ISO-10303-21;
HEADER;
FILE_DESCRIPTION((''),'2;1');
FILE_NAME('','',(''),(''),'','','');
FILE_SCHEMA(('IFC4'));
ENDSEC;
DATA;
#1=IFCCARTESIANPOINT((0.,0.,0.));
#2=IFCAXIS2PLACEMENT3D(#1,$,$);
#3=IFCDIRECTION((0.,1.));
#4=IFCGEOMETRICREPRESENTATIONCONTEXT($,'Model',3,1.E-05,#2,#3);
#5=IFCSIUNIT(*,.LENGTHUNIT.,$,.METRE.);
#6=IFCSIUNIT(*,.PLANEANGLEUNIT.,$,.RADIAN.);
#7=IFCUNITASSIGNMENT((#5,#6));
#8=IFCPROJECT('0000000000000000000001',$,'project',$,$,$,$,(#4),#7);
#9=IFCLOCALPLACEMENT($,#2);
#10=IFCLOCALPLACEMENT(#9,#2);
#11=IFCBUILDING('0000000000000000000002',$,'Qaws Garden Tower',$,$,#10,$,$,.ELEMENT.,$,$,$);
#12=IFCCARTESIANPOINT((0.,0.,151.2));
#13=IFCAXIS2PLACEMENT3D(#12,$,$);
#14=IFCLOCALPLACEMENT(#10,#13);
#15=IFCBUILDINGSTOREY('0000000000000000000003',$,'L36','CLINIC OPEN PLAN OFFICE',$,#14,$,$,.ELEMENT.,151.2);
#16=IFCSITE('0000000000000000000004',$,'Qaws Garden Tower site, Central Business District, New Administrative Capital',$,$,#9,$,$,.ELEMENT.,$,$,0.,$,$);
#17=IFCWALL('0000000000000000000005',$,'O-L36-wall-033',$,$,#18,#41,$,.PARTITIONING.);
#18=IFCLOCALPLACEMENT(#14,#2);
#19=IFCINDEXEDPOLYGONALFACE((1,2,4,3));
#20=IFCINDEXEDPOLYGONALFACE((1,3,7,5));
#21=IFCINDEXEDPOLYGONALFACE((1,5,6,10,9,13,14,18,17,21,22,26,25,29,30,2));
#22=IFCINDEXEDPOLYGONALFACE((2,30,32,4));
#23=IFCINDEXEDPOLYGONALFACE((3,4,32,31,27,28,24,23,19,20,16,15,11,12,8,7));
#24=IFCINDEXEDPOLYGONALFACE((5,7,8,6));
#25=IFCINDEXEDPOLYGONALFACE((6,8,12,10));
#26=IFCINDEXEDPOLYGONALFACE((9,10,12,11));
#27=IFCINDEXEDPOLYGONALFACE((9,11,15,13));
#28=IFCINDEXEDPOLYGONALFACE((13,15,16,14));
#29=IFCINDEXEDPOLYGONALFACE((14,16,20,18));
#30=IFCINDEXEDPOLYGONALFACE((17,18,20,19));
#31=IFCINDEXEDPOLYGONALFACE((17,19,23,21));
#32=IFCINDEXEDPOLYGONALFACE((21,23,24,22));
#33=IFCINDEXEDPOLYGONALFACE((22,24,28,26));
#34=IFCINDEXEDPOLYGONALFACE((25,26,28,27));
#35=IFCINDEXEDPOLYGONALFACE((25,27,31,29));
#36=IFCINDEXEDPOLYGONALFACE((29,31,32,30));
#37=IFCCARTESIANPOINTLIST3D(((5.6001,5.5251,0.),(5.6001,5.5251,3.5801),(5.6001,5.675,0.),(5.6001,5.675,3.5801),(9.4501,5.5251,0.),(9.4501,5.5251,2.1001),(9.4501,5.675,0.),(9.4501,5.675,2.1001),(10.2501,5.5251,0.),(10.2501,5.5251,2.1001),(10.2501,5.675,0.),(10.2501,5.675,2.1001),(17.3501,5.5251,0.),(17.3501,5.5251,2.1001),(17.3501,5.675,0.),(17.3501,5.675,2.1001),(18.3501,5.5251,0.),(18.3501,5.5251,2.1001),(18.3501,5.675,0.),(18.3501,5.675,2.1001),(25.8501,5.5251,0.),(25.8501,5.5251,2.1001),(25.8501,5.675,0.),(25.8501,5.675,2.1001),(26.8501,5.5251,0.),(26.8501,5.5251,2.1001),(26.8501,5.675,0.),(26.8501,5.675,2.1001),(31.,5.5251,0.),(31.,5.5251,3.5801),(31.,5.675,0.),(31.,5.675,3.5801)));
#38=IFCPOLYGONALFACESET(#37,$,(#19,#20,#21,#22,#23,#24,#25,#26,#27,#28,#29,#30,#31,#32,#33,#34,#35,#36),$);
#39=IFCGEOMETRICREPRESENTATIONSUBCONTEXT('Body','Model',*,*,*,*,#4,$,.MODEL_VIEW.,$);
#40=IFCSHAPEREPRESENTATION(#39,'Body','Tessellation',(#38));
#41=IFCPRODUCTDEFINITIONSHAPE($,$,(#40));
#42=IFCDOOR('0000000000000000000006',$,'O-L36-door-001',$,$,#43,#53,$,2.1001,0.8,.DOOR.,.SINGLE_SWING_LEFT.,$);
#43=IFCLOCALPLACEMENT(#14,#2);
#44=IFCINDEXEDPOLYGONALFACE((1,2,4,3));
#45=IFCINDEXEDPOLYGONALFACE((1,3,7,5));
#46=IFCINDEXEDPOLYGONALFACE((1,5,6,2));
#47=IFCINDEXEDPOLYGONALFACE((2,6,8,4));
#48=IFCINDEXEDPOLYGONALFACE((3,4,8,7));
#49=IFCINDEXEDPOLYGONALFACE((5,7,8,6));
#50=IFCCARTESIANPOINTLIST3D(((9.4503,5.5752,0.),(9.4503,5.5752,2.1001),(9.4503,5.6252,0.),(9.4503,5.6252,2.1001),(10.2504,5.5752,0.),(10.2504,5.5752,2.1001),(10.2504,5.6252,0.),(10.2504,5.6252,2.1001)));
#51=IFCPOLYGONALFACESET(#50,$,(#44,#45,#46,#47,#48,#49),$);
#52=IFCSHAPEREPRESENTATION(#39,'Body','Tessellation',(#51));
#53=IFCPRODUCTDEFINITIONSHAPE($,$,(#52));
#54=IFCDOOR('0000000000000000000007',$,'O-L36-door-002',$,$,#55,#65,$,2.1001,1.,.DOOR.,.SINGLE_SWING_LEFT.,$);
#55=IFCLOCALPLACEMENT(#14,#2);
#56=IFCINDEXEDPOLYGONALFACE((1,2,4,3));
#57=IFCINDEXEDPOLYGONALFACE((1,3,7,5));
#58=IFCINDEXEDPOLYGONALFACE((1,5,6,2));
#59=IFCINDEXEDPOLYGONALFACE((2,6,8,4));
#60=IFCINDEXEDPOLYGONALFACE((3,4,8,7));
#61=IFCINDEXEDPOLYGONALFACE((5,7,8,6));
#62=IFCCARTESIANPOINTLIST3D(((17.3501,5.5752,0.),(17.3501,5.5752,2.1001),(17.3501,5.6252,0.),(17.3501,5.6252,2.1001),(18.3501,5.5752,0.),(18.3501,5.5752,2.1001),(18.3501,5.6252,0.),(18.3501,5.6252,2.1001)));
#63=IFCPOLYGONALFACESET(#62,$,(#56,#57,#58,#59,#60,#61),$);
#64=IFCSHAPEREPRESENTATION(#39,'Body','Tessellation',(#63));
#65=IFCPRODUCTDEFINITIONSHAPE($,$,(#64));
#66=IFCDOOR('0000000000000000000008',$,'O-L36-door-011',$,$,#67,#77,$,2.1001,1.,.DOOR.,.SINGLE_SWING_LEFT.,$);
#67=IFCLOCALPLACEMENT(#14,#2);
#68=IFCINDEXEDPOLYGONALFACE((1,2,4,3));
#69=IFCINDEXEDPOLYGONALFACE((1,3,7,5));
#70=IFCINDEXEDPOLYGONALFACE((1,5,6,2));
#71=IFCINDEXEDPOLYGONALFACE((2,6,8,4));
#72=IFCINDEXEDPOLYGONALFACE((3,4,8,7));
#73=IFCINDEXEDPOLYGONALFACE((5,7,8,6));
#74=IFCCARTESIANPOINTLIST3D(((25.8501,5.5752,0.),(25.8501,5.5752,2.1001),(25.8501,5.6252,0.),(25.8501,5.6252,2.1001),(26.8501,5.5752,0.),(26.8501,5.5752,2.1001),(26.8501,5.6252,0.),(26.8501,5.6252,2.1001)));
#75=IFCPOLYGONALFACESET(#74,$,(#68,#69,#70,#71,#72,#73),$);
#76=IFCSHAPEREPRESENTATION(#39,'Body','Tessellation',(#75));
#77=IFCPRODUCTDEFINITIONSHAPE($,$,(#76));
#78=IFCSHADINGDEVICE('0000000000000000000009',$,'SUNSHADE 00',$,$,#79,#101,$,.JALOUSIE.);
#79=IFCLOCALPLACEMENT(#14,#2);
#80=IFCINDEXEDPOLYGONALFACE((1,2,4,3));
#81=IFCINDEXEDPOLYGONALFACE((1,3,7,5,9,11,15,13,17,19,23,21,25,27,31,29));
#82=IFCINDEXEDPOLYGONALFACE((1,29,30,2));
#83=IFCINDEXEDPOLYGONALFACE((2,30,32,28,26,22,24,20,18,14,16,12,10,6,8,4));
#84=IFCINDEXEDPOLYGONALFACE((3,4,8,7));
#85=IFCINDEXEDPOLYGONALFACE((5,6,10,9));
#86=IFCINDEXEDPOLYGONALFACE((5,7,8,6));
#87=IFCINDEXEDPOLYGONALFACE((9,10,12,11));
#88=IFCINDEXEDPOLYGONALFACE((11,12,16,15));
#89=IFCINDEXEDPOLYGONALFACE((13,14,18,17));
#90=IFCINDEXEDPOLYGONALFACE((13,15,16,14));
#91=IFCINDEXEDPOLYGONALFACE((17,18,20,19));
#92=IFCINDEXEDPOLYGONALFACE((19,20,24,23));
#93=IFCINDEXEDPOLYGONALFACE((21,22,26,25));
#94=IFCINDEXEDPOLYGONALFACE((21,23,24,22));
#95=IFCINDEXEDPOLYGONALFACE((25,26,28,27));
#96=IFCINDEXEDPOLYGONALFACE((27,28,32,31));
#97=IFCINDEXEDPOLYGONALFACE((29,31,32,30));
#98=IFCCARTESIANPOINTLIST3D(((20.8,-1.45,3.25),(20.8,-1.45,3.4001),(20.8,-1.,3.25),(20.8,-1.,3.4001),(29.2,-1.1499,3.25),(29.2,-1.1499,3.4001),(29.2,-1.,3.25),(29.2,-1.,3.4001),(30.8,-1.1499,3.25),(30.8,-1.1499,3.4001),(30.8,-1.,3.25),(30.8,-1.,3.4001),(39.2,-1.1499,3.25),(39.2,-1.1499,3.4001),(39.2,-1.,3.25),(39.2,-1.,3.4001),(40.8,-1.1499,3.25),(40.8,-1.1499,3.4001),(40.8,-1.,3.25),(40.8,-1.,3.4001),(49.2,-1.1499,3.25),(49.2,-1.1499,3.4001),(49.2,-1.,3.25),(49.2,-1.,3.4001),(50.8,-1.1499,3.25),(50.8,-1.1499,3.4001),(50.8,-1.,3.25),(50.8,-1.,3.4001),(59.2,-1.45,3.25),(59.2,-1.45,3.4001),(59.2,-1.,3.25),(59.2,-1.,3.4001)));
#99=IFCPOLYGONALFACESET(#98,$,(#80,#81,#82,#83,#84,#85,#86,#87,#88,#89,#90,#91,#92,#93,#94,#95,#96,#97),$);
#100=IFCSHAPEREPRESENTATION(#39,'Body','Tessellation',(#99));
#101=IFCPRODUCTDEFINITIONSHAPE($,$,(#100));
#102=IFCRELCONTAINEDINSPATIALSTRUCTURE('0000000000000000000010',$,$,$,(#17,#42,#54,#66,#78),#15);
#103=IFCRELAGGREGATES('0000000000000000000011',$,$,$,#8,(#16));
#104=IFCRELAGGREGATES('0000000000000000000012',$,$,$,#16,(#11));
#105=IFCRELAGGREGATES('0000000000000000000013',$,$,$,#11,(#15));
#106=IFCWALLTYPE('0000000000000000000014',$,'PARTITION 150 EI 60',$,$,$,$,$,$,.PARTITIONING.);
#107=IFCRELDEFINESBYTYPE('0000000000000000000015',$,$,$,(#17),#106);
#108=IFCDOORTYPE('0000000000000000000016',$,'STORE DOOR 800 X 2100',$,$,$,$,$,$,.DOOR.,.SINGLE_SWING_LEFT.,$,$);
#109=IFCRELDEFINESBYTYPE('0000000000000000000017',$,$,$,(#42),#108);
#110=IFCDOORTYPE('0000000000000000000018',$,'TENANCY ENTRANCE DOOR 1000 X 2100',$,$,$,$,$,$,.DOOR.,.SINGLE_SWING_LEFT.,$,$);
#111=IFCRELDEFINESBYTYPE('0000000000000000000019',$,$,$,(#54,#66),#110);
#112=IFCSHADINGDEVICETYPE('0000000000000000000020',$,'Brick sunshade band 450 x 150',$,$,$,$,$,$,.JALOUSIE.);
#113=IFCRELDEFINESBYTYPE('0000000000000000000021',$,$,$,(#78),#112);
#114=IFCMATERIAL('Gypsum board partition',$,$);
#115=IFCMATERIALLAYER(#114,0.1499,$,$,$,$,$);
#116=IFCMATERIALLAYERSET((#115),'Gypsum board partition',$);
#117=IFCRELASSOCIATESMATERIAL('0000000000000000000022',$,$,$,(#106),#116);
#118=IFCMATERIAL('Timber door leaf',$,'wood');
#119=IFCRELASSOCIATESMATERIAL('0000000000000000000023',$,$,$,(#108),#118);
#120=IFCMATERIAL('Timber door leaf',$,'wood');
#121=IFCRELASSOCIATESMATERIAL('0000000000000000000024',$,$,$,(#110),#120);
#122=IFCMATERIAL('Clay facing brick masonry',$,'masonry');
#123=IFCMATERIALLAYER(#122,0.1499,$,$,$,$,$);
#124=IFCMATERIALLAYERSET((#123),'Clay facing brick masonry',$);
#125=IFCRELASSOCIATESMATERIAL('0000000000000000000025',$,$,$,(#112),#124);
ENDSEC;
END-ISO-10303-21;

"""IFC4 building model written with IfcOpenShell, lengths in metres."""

from ifc_helpers import new_model, si_unit, direction, frame, frame_2d, origin, place, context, subcontext, project, spatial, polyline, rectangle, outline, extrude, material, layer, layer_set, type_object, element, fill, save


model = new_model("IFC4")

# Units and contexts
model_context = context("Model", 3, precision=1e-05, world=origin(), true_north=direction((0.0, 1.0)))
body_context = subcontext(model_context, "Body", "Model", "MODEL_VIEW")
ifc_project = project(units=[si_unit("LENGTHUNIT", "METRE"), si_unit("PLANEANGLEUNIT", "RADIAN")], contexts=[model_context])

# Site, building, storey
site_placement = place(None, origin())
site = spatial("IfcSite", under=ifc_project, at=site_placement, Name="Qaws Garden Tower site, Central Business District, New Administrative Capital", CompositionType="ELEMENT", RefElevation=0.0)
building_placement = place(site_placement, origin())
building = spatial("IfcBuilding", under=site, at=building_placement, Name="Qaws Garden Tower", CompositionType="ELEMENT")
storey_placement = place(building_placement, frame((0.0, 0.0, 151.2)))
storey = spatial("IfcBuildingStorey", under=building, at=storey_placement, Name="L36", Description="CLINIC OPEN PLAN OFFICE", CompositionType="ELEMENT", Elevation=151.2)

# Shared definitions
ifc_material_1 = material(Name="Gypsum board partition")
ifc_layer_1 = layer(ifc_material_1, 0.1499)
ifc_layer_set_1 = layer_set([ifc_layer_1], Name="Gypsum board partition")
wall_type_1 = type_object("IfcWallType", Name="PARTITION 150 EI 60", PredefinedType="PARTITIONING", material=ifc_layer_set_1)

# Wall, openings, doors
wall_1_placement = place(storey_placement, frame((5.6001, 5.6001, 0.0), z_axis=(0.0, 0.0, 1.0), x_axis=(1.0, 0.0, 0.0)))
wall_1 = element("IfcWall", 1, at=wall_1_placement, inside=storey, type_object=wall_type_1, Name="O-L36-wall-033", PredefinedType="PARTITIONING", context=body_context, shape_type="SweptSolid", body=[
    extrude(rectangle(XDim=25.3999, YDim=0.1499, at=frame_2d((12.7, 0.0))), origin(), (0.0, 0.0, 1.0), 3.5801),
])
opening_1_placement = place(wall_1_placement, frame((3.8501, 0.0, 0.0)))
opening_1 = element("IfcOpeningElement", 2, at=opening_1_placement, cuts=wall_1, PredefinedType="OPENING", context=body_context, shape_type="SweptSolid", body=[
    extrude(rectangle(XDim=0.8, YDim=2.1001, at=frame_2d((0.3999, 1.05))), frame((0.0, 0.085, 0.0), z_axis=(0.0, -1.0, 0.0), x_axis=(1.0, 0.0, 0.0)), (0.0, 0.0, 1.0), 0.1699),
])
opening_2_placement = place(wall_1_placement, frame((11.75, 0.0, 0.0)))
opening_2 = element("IfcOpeningElement", 3, at=opening_2_placement, cuts=wall_1, PredefinedType="OPENING", context=body_context, shape_type="SweptSolid", body=[
    extrude(rectangle(XDim=1.0, YDim=2.1001, at=frame_2d((0.5, 1.05))), frame((0.0, 0.085, 0.0), z_axis=(0.0, -1.0, 0.0), x_axis=(1.0, 0.0, 0.0)), (0.0, 0.0, 1.0), 0.1699),
])
opening_3_placement = place(wall_1_placement, frame((20.25, 0.0, 0.0)))
opening_3 = element("IfcOpeningElement", 4, at=opening_3_placement, cuts=wall_1, PredefinedType="OPENING", context=body_context, shape_type="SweptSolid", body=[
    extrude(rectangle(XDim=1.0, YDim=2.1001, at=frame_2d((0.5, 1.05))), frame((0.0, 0.085, 0.0), z_axis=(0.0, -1.0, 0.0), x_axis=(1.0, 0.0, 0.0)), (0.0, 0.0, 1.0), 0.1699),
])
ifc_material_2 = material(Name="Timber door leaf", Category="wood")
door_type_1 = type_object("IfcDoorType", Name="STORE DOOR 800 X 2100", OperationType="SINGLE_SWING_LEFT", PredefinedType="DOOR", material=ifc_material_2)
door_1_placement = place(opening_1_placement, frame((0.8, 0.0, 0.0), z_axis=(0.0, 0.0, 1.0), x_axis=(-1.0, 0.0, 0.0)))
door_1 = element("IfcDoor", 5, at=door_1_placement, inside=storey, type_object=door_type_1, Name="O-L36-door-001", OperationType="SINGLE_SWING_LEFT", OverallHeight=2.1001, OverallWidth=0.8, PredefinedType="DOOR", context=body_context, shape_type="SweptSolid", body=[
    extrude(rectangle(XDim=0.8, YDim=2.1001, at=frame_2d((0.3999, 1.05))), frame((0.0, 0.0249, 0.0), z_axis=(0.0, -1.0, 0.0), x_axis=(1.0, 0.0, 0.0)), (0.0, 0.0, 1.0), 0.05),
])
fill(opening_1, door_1)
ifc_material_3 = material(Name="Timber door leaf", Category="wood")
door_type_2 = type_object("IfcDoorType", Name="TENANCY ENTRANCE DOOR 1000 X 2100", OperationType="SINGLE_SWING_LEFT", PredefinedType="DOOR", material=ifc_material_3)
door_2_placement = place(opening_2_placement, frame((1.0, 0.0, 0.0), z_axis=(0.0, 0.0, 1.0), x_axis=(-1.0, 0.0, 0.0)))
door_2 = element("IfcDoor", 6, at=door_2_placement, inside=storey, type_object=door_type_2, Name="O-L36-door-002", OperationType="SINGLE_SWING_LEFT", OverallHeight=2.1001, OverallWidth=1.0, PredefinedType="DOOR", context=body_context, shape_type="SweptSolid", body=[
    extrude(rectangle(XDim=1.0, YDim=2.1001, at=frame_2d((0.5, 1.05))), frame((0.0, 0.0249, 0.0), z_axis=(0.0, -1.0, 0.0), x_axis=(1.0, 0.0, 0.0)), (0.0, 0.0, 1.0), 0.05),
])
fill(opening_2, door_2)
door_3_placement = place(opening_3_placement, frame((1.0, 0.0, 0.0), z_axis=(0.0, 0.0, 1.0), x_axis=(-1.0, 0.0, 0.0)))
door_3 = element("IfcDoor", 7, at=door_3_placement, inside=storey, type_object=door_type_2, Name="O-L36-door-011", OperationType="SINGLE_SWING_LEFT", OverallHeight=2.1001, OverallWidth=1.0, PredefinedType="DOOR", context=body_context, shape_type="SweptSolid", body=[
    extrude(rectangle(XDim=1.0, YDim=2.1001, at=frame_2d((0.5, 1.05))), frame((0.0, 0.0249, 0.0), z_axis=(0.0, -1.0, 0.0), x_axis=(1.0, 0.0, 0.0)), (0.0, 0.0, 1.0), 0.05),
])
fill(opening_3, door_3)

# Shading device
ifc_material_4 = material(Name="Clay facing brick masonry", Category="masonry")
ifc_layer_2 = layer(ifc_material_4, 0.1499)
ifc_layer_set_2 = layer_set([ifc_layer_2], Name="Clay facing brick masonry")
shading_device_type = type_object("IfcShadingDeviceType", Name="Brick sunshade band 450 x 150", PredefinedType="JALOUSIE", material=ifc_layer_set_2)
shading_device_placement = place(storey_placement, frame((0.0, 0.0, 3.25)))
element("IfcShadingDevice", 8, at=shading_device_placement, inside=storey, type_object=shading_device_type, Name="SUNSHADE 00", PredefinedType="JALOUSIE", context=body_context, shape_type="SweptSolid", body=[
    extrude(outline(polyline([(20.8, -1.0), (20.8, -1.45), (59.2, -1.45), (59.2, -1.0), (50.8, -1.0), (50.8, -1.1499), (49.2, -1.1499), (49.2, -1.0), (40.8, -1.0), (40.8, -1.1499), (39.2, -1.1499), (39.2, -1.0), (30.8, -1.0), (30.8, -1.1499), (29.2, -1.1499), (29.2, -1.0), (20.8, -1.0)])), origin(), (0.0, 0.0, 1.0), 0.1501),
])

save(model, "model.ifc")
